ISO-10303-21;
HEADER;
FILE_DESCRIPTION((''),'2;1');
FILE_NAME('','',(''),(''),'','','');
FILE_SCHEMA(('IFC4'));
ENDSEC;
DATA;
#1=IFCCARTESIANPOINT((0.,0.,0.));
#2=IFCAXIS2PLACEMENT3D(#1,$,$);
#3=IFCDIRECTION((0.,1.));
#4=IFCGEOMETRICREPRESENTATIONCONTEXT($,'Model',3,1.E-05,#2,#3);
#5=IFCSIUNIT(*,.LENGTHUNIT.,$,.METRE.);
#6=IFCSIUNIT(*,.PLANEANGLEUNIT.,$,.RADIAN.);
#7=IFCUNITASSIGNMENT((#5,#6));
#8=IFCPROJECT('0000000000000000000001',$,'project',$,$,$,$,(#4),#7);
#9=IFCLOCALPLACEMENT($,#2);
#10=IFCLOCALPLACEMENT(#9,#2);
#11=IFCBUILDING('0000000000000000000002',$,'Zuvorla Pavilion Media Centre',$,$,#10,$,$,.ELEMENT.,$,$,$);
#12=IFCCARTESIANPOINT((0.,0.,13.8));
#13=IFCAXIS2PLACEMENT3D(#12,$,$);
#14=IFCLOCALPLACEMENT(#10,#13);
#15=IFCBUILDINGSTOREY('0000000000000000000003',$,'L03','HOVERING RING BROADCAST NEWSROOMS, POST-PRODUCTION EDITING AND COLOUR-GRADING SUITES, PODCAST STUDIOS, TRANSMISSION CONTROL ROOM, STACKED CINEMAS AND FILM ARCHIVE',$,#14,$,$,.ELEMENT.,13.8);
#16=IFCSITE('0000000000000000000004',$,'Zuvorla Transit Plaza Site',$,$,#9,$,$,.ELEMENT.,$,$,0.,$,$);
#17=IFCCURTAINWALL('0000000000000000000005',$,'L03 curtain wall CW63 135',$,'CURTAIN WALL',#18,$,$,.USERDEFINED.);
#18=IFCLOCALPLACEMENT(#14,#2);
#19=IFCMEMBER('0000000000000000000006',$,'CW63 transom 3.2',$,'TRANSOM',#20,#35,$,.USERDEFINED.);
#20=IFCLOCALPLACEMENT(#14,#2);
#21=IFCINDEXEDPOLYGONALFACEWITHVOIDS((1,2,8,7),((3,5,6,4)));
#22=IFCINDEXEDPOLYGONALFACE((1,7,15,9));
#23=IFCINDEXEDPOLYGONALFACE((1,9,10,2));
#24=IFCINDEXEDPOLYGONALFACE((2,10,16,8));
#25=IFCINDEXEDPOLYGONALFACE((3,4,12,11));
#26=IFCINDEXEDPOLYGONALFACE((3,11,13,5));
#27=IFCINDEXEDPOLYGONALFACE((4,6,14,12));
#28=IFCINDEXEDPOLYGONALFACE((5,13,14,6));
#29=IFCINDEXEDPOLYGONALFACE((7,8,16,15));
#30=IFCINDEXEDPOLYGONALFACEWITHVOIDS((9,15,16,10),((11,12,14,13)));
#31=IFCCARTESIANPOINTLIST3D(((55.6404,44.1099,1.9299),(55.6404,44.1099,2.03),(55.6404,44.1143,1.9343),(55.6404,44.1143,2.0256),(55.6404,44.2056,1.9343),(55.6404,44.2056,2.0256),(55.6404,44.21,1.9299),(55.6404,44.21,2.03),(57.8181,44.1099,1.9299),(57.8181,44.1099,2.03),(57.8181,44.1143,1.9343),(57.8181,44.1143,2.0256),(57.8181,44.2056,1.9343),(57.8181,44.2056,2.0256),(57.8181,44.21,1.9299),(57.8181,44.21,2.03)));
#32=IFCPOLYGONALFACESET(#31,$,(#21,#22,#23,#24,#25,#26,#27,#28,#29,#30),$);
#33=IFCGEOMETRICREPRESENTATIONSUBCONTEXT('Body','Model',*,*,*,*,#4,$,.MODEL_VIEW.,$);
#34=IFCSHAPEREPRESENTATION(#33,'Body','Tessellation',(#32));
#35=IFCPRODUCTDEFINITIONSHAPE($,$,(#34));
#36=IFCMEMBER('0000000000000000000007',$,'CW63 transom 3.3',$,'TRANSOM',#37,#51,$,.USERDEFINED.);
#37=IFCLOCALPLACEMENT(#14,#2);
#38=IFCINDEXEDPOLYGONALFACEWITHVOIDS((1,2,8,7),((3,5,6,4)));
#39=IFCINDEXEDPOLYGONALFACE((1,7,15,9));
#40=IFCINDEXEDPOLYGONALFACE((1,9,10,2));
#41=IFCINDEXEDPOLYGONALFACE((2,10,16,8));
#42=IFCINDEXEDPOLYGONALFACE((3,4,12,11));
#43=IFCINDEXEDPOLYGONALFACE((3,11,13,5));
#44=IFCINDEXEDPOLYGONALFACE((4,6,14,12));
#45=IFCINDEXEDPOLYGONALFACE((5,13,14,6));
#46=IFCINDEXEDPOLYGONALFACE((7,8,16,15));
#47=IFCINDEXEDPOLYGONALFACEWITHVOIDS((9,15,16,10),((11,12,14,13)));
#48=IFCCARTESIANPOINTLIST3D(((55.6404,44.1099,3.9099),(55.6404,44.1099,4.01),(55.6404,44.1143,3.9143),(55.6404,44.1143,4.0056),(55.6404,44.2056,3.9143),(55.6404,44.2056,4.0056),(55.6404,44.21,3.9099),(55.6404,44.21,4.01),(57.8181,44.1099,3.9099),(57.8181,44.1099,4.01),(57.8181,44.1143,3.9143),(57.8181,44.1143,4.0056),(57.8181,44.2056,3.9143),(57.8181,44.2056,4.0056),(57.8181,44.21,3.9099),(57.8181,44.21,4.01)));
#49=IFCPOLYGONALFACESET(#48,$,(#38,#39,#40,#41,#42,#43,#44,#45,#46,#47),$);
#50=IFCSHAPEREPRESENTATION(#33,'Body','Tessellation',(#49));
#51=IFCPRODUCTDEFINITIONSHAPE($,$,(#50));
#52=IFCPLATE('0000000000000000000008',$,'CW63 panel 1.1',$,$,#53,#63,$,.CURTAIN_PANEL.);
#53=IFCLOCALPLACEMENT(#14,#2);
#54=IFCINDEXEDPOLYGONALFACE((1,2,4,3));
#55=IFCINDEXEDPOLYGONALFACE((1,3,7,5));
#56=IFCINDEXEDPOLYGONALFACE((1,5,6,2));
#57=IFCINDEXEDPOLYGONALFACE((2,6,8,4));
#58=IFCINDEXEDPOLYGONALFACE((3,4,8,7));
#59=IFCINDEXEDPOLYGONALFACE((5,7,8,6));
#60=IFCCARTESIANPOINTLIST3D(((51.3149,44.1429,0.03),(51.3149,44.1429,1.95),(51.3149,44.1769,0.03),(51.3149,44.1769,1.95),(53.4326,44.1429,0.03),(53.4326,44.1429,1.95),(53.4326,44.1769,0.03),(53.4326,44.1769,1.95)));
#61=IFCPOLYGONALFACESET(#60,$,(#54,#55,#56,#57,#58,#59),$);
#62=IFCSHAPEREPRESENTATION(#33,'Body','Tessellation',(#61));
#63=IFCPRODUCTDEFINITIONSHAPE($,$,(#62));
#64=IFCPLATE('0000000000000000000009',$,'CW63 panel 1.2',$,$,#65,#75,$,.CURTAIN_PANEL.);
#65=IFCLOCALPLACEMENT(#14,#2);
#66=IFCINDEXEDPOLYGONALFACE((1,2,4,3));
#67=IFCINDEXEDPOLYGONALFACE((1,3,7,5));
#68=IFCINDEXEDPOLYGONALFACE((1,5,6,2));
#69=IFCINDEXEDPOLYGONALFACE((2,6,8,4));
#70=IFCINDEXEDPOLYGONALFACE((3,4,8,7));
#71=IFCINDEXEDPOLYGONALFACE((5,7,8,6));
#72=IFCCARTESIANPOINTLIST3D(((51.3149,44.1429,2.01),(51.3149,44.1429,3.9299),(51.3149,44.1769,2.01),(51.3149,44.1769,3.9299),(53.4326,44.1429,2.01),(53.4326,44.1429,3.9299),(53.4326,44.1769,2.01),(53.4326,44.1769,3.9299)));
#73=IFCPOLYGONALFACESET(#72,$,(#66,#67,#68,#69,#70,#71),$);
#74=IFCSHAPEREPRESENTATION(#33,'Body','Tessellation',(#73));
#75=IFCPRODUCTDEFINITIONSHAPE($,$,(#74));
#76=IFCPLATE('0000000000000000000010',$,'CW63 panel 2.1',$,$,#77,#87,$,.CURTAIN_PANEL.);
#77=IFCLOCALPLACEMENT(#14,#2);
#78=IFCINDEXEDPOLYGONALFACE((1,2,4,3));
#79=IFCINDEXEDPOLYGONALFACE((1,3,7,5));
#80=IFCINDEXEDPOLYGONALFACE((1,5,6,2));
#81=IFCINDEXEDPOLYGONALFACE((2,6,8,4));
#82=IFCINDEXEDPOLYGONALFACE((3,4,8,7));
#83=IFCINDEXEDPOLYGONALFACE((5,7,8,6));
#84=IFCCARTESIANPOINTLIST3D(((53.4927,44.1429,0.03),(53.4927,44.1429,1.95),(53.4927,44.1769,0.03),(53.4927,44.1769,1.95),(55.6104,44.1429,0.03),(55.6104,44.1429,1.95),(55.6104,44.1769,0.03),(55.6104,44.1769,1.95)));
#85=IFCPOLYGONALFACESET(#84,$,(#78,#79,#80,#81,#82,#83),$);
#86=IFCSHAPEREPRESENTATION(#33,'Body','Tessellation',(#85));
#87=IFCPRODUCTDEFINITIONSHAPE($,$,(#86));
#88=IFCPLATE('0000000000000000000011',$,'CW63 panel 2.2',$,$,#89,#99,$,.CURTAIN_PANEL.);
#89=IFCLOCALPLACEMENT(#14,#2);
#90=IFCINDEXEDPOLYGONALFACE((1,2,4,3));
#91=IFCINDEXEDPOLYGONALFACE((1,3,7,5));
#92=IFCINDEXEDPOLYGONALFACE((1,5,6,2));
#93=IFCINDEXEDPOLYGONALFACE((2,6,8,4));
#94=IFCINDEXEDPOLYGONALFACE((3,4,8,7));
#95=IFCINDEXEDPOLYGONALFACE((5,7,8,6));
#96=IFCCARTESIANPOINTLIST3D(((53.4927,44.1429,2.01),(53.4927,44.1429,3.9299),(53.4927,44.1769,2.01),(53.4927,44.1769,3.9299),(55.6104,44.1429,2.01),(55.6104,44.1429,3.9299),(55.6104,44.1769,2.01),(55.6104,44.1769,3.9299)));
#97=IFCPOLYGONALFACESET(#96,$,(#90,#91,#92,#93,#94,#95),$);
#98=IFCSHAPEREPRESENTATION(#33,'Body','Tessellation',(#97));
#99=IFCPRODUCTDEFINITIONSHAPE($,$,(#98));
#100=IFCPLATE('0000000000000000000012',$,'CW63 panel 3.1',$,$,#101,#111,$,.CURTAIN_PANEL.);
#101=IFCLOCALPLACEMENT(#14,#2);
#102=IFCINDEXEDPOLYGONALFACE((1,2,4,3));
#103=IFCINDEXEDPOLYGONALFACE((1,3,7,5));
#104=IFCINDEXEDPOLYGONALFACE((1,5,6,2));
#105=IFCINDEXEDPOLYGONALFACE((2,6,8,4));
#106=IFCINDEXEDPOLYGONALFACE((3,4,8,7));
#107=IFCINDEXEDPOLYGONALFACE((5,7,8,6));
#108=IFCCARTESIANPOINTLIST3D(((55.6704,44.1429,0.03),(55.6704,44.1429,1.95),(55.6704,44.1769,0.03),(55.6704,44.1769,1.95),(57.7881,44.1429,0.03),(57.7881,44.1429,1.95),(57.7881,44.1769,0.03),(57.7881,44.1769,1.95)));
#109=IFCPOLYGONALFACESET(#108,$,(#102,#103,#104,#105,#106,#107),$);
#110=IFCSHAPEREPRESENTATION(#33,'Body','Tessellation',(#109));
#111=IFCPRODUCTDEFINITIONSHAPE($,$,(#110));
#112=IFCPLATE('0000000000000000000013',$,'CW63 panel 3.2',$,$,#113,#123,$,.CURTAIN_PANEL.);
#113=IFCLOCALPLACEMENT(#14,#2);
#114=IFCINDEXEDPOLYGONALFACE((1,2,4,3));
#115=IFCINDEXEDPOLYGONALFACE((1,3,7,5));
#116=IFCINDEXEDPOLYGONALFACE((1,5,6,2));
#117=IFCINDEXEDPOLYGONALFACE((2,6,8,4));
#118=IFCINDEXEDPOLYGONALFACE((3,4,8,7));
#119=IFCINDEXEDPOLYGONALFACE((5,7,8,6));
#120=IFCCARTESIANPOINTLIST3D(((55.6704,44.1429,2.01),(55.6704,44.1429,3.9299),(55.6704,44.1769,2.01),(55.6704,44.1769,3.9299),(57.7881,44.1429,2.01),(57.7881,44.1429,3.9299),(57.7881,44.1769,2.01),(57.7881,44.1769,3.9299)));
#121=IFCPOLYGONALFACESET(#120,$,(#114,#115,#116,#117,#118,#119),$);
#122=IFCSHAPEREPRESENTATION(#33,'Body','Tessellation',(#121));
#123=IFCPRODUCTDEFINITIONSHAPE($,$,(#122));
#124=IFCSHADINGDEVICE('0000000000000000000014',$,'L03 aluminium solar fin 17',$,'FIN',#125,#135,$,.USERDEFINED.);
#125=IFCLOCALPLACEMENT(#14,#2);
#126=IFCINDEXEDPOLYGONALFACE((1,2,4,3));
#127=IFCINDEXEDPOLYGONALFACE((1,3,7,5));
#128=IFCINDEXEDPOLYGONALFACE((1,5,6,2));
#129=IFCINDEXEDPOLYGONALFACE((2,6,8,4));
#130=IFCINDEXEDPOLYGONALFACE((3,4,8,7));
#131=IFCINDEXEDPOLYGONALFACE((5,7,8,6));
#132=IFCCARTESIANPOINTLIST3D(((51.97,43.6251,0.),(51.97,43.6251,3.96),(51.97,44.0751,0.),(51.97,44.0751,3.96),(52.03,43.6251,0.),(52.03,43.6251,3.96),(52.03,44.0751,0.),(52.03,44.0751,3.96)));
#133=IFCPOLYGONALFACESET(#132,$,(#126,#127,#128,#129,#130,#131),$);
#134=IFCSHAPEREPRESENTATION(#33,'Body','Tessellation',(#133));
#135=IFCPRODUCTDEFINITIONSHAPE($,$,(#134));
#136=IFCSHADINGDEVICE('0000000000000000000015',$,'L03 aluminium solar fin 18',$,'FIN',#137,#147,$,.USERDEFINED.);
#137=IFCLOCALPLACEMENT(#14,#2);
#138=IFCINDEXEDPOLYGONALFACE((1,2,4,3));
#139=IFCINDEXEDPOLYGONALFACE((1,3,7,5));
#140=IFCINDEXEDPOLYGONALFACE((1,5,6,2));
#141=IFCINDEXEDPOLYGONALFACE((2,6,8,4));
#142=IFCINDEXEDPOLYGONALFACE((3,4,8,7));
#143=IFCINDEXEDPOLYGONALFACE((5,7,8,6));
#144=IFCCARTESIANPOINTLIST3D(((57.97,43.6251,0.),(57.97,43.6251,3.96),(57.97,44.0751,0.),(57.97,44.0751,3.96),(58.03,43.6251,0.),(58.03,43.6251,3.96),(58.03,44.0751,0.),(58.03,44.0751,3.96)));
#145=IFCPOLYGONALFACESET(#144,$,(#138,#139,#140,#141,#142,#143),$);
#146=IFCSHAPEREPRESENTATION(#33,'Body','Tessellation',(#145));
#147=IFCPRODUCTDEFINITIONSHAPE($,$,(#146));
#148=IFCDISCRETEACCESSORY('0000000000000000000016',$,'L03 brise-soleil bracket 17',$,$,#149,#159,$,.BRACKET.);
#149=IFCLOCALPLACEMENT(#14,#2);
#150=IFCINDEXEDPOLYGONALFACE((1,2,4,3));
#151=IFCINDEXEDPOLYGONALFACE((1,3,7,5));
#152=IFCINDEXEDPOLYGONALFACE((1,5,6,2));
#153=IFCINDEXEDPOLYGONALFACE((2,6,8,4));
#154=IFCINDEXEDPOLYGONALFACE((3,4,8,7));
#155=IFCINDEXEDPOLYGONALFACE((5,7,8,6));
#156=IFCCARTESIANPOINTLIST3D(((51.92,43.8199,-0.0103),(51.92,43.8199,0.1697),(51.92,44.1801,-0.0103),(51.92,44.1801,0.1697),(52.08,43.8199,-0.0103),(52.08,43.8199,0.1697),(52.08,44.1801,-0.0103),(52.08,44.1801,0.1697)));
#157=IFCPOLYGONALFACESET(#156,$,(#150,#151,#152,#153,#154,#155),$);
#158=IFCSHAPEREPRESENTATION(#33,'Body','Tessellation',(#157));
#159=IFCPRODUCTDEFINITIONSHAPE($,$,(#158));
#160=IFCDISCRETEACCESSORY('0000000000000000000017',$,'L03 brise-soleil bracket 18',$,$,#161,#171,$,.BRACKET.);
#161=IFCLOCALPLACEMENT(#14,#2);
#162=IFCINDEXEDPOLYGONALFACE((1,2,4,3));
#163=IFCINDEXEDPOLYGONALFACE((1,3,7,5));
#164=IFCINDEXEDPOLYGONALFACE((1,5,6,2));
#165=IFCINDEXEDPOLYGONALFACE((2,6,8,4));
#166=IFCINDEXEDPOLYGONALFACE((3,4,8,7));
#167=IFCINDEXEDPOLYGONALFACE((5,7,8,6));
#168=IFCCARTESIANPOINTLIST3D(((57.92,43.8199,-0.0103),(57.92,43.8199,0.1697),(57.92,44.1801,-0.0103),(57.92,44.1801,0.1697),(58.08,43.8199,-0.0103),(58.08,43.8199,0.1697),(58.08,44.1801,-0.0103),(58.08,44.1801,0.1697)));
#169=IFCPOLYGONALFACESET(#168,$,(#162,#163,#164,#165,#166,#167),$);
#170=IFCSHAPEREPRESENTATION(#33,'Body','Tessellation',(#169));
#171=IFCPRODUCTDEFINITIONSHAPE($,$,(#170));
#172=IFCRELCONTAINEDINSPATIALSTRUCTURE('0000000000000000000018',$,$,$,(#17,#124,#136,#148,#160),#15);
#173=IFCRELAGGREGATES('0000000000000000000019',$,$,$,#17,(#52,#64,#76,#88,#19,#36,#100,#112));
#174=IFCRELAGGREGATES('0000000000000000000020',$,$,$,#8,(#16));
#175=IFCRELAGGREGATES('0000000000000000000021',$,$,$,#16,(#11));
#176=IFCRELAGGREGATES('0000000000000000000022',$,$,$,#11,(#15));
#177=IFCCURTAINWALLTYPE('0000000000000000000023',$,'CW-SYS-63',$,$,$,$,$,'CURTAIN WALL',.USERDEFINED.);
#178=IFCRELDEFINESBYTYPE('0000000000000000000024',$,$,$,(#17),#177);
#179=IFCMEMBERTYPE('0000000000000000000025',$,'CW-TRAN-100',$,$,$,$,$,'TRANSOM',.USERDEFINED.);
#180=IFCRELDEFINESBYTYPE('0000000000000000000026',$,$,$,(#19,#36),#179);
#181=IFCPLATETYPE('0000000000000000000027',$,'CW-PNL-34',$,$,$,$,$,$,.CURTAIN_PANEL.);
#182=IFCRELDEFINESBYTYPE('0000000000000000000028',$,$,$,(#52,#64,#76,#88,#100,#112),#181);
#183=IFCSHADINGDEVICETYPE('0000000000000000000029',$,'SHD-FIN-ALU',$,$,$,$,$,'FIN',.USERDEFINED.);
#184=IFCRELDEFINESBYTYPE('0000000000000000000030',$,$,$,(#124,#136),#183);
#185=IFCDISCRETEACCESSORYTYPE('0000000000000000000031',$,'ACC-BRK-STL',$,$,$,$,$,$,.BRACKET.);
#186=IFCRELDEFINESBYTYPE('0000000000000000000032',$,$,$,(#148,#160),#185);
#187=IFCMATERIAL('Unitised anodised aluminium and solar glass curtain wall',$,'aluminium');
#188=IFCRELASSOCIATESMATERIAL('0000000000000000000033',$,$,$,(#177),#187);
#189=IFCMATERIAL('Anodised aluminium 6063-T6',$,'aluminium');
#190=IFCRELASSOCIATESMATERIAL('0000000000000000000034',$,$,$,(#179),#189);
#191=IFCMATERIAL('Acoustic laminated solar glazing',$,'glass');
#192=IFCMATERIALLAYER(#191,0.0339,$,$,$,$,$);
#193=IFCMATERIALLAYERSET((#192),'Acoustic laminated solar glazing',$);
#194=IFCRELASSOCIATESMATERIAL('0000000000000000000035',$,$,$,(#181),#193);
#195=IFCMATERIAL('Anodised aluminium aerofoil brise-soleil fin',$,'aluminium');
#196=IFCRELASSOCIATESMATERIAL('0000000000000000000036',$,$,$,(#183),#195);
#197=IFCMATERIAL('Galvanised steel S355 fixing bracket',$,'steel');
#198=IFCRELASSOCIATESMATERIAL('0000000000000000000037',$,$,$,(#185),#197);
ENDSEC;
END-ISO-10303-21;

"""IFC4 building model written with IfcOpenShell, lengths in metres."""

from ifc_helpers import new_model, si_unit, direction, frame, origin, origin_2d, place, context, subcontext, project, spatial, rectangle, hollow_rectangle, extrude, material, layer, layer_set, material_profile, profile_set, type_object, element, aggregate, save


model = new_model("IFC4")

# Units and contexts
model_context = context("Model", 3, precision=1e-05, world=origin(), true_north=direction((0.0, 1.0)))
body_context = subcontext(model_context, "Body", "Model", "MODEL_VIEW")
ifc_project = project(units=[si_unit("LENGTHUNIT", "METRE"), si_unit("PLANEANGLEUNIT", "RADIAN")], contexts=[model_context])

# Site, building, storey
site_placement = place(None, origin())
site = spatial("IfcSite", under=ifc_project, at=site_placement, Name="Zuvorla Transit Plaza Site", CompositionType="ELEMENT", RefElevation=0.0)
building_placement = place(site_placement, origin())
building = spatial("IfcBuilding", under=site, at=building_placement, Name="Zuvorla Pavilion Media Centre", CompositionType="ELEMENT")
storey_placement = place(building_placement, frame((0.0, 0.0, 13.8)))
storey = spatial("IfcBuildingStorey", under=building, at=storey_placement, Name="L03", Description="HOVERING RING BROADCAST NEWSROOMS, POST-PRODUCTION EDITING AND COLOUR-GRADING SUITES, PODCAST STUDIOS, TRANSMISSION CONTROL ROOM, STACKED CINEMAS AND FILM ARCHIVE", CompositionType="ELEMENT", Elevation=13.8)

# Curtain wall, members, plates
ifc_material_1 = material(Name="Unitised anodised aluminium and solar glass curtain wall", Category="aluminium")
curtain_wall_type = type_object("IfcCurtainWallType", Name="CW-SYS-63", ElementType="CURTAIN WALL", PredefinedType="USERDEFINED", material=ifc_material_1)
curtain_wall_placement = place(storey_placement, origin())
curtain_wall = element("IfcCurtainWall", 1, at=curtain_wall_placement, inside=storey, type_object=curtain_wall_type, Name="L03 curtain wall CW63 135", ObjectType="CURTAIN WALL", PredefinedType="USERDEFINED")
ifc_material_2 = material(Name="Anodised aluminium 6063-T6", Category="aluminium")
ifc_material_profile_1 = material_profile(ifc_material_2, hollow_rectangle(XDim=0.1001, YDim=0.1001, WallThickness=0.0044, at=origin_2d()), Name="ALU TRAN 100x100")
ifc_profile_set_1 = profile_set([ifc_material_profile_1], Name="Anodised aluminium 6063-T6")
member_type_1 = type_object("IfcMemberType", Name="CW-TRAN-100", ElementType="TRANSOM", PredefinedType="USERDEFINED", material=ifc_profile_set_1)
member_1_placement = place(storey_placement, frame((55.6404, 44.1599, 1.98), z_axis=(1.0, 0.0, 0.0), x_axis=(0.0, 1.0, 0.0)))
member_1 = element("IfcMember", 2, at=member_1_placement, type_object=member_type_1, Name="CW63 transom 3.2", ObjectType="TRANSOM", PredefinedType="USERDEFINED", context=body_context, shape_type="SweptSolid", body=[
    extrude(hollow_rectangle(XDim=0.1001, YDim=0.1001, WallThickness=0.0044, at=origin_2d()), origin(), (0.0, 0.0, 1.0), 2.1777),
])
member_2_placement = place(storey_placement, frame((55.6404, 44.1599, 3.96), z_axis=(1.0, 0.0, 0.0), x_axis=(0.0, 1.0, 0.0)))
member_2 = element("IfcMember", 3, at=member_2_placement, type_object=member_type_1, Name="CW63 transom 3.3", ObjectType="TRANSOM", PredefinedType="USERDEFINED", context=body_context, shape_type="SweptSolid", body=[
    extrude(hollow_rectangle(XDim=0.1001, YDim=0.1001, WallThickness=0.0044, at=origin_2d()), origin(), (0.0, 0.0, 1.0), 2.1777),
])
ifc_material_3 = material(Name="Acoustic laminated solar glazing", Category="glass")
ifc_layer = layer(ifc_material_3, 0.0339)
ifc_layer_set = layer_set([ifc_layer], Name="Acoustic laminated solar glazing")
plate_type = type_object("IfcPlateType", Name="CW-PNL-34", PredefinedType="CURTAIN_PANEL", material=ifc_layer_set)
plate_1_placement = place(storey_placement, frame((52.3738, 44.1599, 0.03), z_axis=(0.0, 0.0, 1.0), x_axis=(1.0, 0.0, 0.0)))
plate_1 = element("IfcPlate", 4, at=plate_1_placement, type_object=plate_type, Name="CW63 panel 1.1", PredefinedType="CURTAIN_PANEL", context=body_context, shape_type="SweptSolid", body=[
    extrude(rectangle(XDim=2.1177, YDim=0.0339, at=origin_2d()), origin(), (0.0, 0.0, 1.0), 1.9199),
])
plate_2_placement = place(storey_placement, frame((52.3738, 44.1599, 2.01), z_axis=(0.0, 0.0, 1.0), x_axis=(1.0, 0.0, 0.0)))
plate_2 = element("IfcPlate", 5, at=plate_2_placement, type_object=plate_type, Name="CW63 panel 1.2", PredefinedType="CURTAIN_PANEL", context=body_context, shape_type="SweptSolid", body=[
    extrude(rectangle(XDim=2.1177, YDim=0.0339, at=origin_2d()), origin(), (0.0, 0.0, 1.0), 1.9199),
])
plate_3_placement = place(storey_placement, frame((54.5515, 44.1599, 0.03), z_axis=(0.0, 0.0, 1.0), x_axis=(1.0, 0.0, 0.0)))
plate_3 = element("IfcPlate", 6, at=plate_3_placement, type_object=plate_type, Name="CW63 panel 2.1", PredefinedType="CURTAIN_PANEL", context=body_context, shape_type="SweptSolid", body=[
    extrude(rectangle(XDim=2.1177, YDim=0.0339, at=origin_2d()), origin(), (0.0, 0.0, 1.0), 1.9199),
])
plate_4_placement = place(storey_placement, frame((54.5515, 44.1599, 2.01), z_axis=(0.0, 0.0, 1.0), x_axis=(1.0, 0.0, 0.0)))
plate_4 = element("IfcPlate", 7, at=plate_4_placement, type_object=plate_type, Name="CW63 panel 2.2", PredefinedType="CURTAIN_PANEL", context=body_context, shape_type="SweptSolid", body=[
    extrude(rectangle(XDim=2.1177, YDim=0.0339, at=origin_2d()), origin(), (0.0, 0.0, 1.0), 1.9199),
])
plate_5_placement = place(storey_placement, frame((56.7292, 44.1599, 0.03), z_axis=(0.0, 0.0, 1.0), x_axis=(1.0, 0.0, 0.0)))
plate_5 = element("IfcPlate", 8, at=plate_5_placement, type_object=plate_type, Name="CW63 panel 3.1", PredefinedType="CURTAIN_PANEL", context=body_context, shape_type="SweptSolid", body=[
    extrude(rectangle(XDim=2.1177, YDim=0.0339, at=origin_2d()), origin(), (0.0, 0.0, 1.0), 1.9199),
])
plate_6_placement = place(storey_placement, frame((56.7292, 44.1599, 2.01), z_axis=(0.0, 0.0, 1.0), x_axis=(1.0, 0.0, 0.0)))
plate_6 = element("IfcPlate", 9, at=plate_6_placement, type_object=plate_type, Name="CW63 panel 3.2", PredefinedType="CURTAIN_PANEL", context=body_context, shape_type="SweptSolid", body=[
    extrude(rectangle(XDim=2.1177, YDim=0.0339, at=origin_2d()), origin(), (0.0, 0.0, 1.0), 1.9199),
])
aggregate(curtain_wall, [plate_1, plate_2, plate_3, plate_4, member_1, member_2, plate_5, plate_6])

# Shading devices
ifc_material_4 = material(Name="Anodised aluminium aerofoil brise-soleil fin", Category="aluminium")
shading_device_type = type_object("IfcShadingDeviceType", Name="SHD-FIN-ALU", ElementType="FIN", PredefinedType="USERDEFINED", material=ifc_material_4)
for number, where, z_axis, x_axis, name in (
    (10, (52.0, 43.8501, 0.0), (0.0, 0.0, 1.0), (1.0, 0.0, 0.0), "L03 aluminium solar fin 17"),
    (11, (58.0, 43.8501, 0.0), (0.0, 0.0, 1.0), (1.0, 0.0, 0.0), "L03 aluminium solar fin 18"),
):
    element("IfcShadingDevice", number, at=place(storey_placement, frame(where, z_axis=z_axis, x_axis=x_axis)), inside=storey, type_object=shading_device_type, Name=name, ObjectType="FIN", PredefinedType="USERDEFINED", context=body_context, shape_type="SweptSolid", body=[
        extrude(rectangle(XDim=0.0601, YDim=0.45, at=origin_2d()), origin(), (0.0, 0.0, 1.0), 3.96),
    ])

# Discrete accessories
ifc_material_5 = material(Name="Galvanised steel S355 fixing bracket", Category="steel")
discrete_accessory_type = type_object("IfcDiscreteAccessoryType", Name="ACC-BRK-STL", PredefinedType="BRACKET", material=ifc_material_5)
for number, where, z_axis, x_axis, name in (
    (12, (52.0, 44.0, -0.0103), (0.0, 0.0, 1.0), (1.0, 0.0, 0.0), "L03 brise-soleil bracket 17"),
    (13, (58.0, 44.0, -0.0103), (0.0, 0.0, 1.0), (1.0, 0.0, 0.0), "L03 brise-soleil bracket 18"),
):
    element("IfcDiscreteAccessory", number, at=place(storey_placement, frame(where, z_axis=z_axis, x_axis=x_axis)), inside=storey, type_object=discrete_accessory_type, Name=name, PredefinedType="BRACKET", context=body_context, shape_type="SweptSolid", body=[
        extrude(rectangle(XDim=0.1599, YDim=0.3601, at=origin_2d()), origin(), (0.0, 0.0, 1.0), 0.1799),
    ])

save(model, "model.ifc")
